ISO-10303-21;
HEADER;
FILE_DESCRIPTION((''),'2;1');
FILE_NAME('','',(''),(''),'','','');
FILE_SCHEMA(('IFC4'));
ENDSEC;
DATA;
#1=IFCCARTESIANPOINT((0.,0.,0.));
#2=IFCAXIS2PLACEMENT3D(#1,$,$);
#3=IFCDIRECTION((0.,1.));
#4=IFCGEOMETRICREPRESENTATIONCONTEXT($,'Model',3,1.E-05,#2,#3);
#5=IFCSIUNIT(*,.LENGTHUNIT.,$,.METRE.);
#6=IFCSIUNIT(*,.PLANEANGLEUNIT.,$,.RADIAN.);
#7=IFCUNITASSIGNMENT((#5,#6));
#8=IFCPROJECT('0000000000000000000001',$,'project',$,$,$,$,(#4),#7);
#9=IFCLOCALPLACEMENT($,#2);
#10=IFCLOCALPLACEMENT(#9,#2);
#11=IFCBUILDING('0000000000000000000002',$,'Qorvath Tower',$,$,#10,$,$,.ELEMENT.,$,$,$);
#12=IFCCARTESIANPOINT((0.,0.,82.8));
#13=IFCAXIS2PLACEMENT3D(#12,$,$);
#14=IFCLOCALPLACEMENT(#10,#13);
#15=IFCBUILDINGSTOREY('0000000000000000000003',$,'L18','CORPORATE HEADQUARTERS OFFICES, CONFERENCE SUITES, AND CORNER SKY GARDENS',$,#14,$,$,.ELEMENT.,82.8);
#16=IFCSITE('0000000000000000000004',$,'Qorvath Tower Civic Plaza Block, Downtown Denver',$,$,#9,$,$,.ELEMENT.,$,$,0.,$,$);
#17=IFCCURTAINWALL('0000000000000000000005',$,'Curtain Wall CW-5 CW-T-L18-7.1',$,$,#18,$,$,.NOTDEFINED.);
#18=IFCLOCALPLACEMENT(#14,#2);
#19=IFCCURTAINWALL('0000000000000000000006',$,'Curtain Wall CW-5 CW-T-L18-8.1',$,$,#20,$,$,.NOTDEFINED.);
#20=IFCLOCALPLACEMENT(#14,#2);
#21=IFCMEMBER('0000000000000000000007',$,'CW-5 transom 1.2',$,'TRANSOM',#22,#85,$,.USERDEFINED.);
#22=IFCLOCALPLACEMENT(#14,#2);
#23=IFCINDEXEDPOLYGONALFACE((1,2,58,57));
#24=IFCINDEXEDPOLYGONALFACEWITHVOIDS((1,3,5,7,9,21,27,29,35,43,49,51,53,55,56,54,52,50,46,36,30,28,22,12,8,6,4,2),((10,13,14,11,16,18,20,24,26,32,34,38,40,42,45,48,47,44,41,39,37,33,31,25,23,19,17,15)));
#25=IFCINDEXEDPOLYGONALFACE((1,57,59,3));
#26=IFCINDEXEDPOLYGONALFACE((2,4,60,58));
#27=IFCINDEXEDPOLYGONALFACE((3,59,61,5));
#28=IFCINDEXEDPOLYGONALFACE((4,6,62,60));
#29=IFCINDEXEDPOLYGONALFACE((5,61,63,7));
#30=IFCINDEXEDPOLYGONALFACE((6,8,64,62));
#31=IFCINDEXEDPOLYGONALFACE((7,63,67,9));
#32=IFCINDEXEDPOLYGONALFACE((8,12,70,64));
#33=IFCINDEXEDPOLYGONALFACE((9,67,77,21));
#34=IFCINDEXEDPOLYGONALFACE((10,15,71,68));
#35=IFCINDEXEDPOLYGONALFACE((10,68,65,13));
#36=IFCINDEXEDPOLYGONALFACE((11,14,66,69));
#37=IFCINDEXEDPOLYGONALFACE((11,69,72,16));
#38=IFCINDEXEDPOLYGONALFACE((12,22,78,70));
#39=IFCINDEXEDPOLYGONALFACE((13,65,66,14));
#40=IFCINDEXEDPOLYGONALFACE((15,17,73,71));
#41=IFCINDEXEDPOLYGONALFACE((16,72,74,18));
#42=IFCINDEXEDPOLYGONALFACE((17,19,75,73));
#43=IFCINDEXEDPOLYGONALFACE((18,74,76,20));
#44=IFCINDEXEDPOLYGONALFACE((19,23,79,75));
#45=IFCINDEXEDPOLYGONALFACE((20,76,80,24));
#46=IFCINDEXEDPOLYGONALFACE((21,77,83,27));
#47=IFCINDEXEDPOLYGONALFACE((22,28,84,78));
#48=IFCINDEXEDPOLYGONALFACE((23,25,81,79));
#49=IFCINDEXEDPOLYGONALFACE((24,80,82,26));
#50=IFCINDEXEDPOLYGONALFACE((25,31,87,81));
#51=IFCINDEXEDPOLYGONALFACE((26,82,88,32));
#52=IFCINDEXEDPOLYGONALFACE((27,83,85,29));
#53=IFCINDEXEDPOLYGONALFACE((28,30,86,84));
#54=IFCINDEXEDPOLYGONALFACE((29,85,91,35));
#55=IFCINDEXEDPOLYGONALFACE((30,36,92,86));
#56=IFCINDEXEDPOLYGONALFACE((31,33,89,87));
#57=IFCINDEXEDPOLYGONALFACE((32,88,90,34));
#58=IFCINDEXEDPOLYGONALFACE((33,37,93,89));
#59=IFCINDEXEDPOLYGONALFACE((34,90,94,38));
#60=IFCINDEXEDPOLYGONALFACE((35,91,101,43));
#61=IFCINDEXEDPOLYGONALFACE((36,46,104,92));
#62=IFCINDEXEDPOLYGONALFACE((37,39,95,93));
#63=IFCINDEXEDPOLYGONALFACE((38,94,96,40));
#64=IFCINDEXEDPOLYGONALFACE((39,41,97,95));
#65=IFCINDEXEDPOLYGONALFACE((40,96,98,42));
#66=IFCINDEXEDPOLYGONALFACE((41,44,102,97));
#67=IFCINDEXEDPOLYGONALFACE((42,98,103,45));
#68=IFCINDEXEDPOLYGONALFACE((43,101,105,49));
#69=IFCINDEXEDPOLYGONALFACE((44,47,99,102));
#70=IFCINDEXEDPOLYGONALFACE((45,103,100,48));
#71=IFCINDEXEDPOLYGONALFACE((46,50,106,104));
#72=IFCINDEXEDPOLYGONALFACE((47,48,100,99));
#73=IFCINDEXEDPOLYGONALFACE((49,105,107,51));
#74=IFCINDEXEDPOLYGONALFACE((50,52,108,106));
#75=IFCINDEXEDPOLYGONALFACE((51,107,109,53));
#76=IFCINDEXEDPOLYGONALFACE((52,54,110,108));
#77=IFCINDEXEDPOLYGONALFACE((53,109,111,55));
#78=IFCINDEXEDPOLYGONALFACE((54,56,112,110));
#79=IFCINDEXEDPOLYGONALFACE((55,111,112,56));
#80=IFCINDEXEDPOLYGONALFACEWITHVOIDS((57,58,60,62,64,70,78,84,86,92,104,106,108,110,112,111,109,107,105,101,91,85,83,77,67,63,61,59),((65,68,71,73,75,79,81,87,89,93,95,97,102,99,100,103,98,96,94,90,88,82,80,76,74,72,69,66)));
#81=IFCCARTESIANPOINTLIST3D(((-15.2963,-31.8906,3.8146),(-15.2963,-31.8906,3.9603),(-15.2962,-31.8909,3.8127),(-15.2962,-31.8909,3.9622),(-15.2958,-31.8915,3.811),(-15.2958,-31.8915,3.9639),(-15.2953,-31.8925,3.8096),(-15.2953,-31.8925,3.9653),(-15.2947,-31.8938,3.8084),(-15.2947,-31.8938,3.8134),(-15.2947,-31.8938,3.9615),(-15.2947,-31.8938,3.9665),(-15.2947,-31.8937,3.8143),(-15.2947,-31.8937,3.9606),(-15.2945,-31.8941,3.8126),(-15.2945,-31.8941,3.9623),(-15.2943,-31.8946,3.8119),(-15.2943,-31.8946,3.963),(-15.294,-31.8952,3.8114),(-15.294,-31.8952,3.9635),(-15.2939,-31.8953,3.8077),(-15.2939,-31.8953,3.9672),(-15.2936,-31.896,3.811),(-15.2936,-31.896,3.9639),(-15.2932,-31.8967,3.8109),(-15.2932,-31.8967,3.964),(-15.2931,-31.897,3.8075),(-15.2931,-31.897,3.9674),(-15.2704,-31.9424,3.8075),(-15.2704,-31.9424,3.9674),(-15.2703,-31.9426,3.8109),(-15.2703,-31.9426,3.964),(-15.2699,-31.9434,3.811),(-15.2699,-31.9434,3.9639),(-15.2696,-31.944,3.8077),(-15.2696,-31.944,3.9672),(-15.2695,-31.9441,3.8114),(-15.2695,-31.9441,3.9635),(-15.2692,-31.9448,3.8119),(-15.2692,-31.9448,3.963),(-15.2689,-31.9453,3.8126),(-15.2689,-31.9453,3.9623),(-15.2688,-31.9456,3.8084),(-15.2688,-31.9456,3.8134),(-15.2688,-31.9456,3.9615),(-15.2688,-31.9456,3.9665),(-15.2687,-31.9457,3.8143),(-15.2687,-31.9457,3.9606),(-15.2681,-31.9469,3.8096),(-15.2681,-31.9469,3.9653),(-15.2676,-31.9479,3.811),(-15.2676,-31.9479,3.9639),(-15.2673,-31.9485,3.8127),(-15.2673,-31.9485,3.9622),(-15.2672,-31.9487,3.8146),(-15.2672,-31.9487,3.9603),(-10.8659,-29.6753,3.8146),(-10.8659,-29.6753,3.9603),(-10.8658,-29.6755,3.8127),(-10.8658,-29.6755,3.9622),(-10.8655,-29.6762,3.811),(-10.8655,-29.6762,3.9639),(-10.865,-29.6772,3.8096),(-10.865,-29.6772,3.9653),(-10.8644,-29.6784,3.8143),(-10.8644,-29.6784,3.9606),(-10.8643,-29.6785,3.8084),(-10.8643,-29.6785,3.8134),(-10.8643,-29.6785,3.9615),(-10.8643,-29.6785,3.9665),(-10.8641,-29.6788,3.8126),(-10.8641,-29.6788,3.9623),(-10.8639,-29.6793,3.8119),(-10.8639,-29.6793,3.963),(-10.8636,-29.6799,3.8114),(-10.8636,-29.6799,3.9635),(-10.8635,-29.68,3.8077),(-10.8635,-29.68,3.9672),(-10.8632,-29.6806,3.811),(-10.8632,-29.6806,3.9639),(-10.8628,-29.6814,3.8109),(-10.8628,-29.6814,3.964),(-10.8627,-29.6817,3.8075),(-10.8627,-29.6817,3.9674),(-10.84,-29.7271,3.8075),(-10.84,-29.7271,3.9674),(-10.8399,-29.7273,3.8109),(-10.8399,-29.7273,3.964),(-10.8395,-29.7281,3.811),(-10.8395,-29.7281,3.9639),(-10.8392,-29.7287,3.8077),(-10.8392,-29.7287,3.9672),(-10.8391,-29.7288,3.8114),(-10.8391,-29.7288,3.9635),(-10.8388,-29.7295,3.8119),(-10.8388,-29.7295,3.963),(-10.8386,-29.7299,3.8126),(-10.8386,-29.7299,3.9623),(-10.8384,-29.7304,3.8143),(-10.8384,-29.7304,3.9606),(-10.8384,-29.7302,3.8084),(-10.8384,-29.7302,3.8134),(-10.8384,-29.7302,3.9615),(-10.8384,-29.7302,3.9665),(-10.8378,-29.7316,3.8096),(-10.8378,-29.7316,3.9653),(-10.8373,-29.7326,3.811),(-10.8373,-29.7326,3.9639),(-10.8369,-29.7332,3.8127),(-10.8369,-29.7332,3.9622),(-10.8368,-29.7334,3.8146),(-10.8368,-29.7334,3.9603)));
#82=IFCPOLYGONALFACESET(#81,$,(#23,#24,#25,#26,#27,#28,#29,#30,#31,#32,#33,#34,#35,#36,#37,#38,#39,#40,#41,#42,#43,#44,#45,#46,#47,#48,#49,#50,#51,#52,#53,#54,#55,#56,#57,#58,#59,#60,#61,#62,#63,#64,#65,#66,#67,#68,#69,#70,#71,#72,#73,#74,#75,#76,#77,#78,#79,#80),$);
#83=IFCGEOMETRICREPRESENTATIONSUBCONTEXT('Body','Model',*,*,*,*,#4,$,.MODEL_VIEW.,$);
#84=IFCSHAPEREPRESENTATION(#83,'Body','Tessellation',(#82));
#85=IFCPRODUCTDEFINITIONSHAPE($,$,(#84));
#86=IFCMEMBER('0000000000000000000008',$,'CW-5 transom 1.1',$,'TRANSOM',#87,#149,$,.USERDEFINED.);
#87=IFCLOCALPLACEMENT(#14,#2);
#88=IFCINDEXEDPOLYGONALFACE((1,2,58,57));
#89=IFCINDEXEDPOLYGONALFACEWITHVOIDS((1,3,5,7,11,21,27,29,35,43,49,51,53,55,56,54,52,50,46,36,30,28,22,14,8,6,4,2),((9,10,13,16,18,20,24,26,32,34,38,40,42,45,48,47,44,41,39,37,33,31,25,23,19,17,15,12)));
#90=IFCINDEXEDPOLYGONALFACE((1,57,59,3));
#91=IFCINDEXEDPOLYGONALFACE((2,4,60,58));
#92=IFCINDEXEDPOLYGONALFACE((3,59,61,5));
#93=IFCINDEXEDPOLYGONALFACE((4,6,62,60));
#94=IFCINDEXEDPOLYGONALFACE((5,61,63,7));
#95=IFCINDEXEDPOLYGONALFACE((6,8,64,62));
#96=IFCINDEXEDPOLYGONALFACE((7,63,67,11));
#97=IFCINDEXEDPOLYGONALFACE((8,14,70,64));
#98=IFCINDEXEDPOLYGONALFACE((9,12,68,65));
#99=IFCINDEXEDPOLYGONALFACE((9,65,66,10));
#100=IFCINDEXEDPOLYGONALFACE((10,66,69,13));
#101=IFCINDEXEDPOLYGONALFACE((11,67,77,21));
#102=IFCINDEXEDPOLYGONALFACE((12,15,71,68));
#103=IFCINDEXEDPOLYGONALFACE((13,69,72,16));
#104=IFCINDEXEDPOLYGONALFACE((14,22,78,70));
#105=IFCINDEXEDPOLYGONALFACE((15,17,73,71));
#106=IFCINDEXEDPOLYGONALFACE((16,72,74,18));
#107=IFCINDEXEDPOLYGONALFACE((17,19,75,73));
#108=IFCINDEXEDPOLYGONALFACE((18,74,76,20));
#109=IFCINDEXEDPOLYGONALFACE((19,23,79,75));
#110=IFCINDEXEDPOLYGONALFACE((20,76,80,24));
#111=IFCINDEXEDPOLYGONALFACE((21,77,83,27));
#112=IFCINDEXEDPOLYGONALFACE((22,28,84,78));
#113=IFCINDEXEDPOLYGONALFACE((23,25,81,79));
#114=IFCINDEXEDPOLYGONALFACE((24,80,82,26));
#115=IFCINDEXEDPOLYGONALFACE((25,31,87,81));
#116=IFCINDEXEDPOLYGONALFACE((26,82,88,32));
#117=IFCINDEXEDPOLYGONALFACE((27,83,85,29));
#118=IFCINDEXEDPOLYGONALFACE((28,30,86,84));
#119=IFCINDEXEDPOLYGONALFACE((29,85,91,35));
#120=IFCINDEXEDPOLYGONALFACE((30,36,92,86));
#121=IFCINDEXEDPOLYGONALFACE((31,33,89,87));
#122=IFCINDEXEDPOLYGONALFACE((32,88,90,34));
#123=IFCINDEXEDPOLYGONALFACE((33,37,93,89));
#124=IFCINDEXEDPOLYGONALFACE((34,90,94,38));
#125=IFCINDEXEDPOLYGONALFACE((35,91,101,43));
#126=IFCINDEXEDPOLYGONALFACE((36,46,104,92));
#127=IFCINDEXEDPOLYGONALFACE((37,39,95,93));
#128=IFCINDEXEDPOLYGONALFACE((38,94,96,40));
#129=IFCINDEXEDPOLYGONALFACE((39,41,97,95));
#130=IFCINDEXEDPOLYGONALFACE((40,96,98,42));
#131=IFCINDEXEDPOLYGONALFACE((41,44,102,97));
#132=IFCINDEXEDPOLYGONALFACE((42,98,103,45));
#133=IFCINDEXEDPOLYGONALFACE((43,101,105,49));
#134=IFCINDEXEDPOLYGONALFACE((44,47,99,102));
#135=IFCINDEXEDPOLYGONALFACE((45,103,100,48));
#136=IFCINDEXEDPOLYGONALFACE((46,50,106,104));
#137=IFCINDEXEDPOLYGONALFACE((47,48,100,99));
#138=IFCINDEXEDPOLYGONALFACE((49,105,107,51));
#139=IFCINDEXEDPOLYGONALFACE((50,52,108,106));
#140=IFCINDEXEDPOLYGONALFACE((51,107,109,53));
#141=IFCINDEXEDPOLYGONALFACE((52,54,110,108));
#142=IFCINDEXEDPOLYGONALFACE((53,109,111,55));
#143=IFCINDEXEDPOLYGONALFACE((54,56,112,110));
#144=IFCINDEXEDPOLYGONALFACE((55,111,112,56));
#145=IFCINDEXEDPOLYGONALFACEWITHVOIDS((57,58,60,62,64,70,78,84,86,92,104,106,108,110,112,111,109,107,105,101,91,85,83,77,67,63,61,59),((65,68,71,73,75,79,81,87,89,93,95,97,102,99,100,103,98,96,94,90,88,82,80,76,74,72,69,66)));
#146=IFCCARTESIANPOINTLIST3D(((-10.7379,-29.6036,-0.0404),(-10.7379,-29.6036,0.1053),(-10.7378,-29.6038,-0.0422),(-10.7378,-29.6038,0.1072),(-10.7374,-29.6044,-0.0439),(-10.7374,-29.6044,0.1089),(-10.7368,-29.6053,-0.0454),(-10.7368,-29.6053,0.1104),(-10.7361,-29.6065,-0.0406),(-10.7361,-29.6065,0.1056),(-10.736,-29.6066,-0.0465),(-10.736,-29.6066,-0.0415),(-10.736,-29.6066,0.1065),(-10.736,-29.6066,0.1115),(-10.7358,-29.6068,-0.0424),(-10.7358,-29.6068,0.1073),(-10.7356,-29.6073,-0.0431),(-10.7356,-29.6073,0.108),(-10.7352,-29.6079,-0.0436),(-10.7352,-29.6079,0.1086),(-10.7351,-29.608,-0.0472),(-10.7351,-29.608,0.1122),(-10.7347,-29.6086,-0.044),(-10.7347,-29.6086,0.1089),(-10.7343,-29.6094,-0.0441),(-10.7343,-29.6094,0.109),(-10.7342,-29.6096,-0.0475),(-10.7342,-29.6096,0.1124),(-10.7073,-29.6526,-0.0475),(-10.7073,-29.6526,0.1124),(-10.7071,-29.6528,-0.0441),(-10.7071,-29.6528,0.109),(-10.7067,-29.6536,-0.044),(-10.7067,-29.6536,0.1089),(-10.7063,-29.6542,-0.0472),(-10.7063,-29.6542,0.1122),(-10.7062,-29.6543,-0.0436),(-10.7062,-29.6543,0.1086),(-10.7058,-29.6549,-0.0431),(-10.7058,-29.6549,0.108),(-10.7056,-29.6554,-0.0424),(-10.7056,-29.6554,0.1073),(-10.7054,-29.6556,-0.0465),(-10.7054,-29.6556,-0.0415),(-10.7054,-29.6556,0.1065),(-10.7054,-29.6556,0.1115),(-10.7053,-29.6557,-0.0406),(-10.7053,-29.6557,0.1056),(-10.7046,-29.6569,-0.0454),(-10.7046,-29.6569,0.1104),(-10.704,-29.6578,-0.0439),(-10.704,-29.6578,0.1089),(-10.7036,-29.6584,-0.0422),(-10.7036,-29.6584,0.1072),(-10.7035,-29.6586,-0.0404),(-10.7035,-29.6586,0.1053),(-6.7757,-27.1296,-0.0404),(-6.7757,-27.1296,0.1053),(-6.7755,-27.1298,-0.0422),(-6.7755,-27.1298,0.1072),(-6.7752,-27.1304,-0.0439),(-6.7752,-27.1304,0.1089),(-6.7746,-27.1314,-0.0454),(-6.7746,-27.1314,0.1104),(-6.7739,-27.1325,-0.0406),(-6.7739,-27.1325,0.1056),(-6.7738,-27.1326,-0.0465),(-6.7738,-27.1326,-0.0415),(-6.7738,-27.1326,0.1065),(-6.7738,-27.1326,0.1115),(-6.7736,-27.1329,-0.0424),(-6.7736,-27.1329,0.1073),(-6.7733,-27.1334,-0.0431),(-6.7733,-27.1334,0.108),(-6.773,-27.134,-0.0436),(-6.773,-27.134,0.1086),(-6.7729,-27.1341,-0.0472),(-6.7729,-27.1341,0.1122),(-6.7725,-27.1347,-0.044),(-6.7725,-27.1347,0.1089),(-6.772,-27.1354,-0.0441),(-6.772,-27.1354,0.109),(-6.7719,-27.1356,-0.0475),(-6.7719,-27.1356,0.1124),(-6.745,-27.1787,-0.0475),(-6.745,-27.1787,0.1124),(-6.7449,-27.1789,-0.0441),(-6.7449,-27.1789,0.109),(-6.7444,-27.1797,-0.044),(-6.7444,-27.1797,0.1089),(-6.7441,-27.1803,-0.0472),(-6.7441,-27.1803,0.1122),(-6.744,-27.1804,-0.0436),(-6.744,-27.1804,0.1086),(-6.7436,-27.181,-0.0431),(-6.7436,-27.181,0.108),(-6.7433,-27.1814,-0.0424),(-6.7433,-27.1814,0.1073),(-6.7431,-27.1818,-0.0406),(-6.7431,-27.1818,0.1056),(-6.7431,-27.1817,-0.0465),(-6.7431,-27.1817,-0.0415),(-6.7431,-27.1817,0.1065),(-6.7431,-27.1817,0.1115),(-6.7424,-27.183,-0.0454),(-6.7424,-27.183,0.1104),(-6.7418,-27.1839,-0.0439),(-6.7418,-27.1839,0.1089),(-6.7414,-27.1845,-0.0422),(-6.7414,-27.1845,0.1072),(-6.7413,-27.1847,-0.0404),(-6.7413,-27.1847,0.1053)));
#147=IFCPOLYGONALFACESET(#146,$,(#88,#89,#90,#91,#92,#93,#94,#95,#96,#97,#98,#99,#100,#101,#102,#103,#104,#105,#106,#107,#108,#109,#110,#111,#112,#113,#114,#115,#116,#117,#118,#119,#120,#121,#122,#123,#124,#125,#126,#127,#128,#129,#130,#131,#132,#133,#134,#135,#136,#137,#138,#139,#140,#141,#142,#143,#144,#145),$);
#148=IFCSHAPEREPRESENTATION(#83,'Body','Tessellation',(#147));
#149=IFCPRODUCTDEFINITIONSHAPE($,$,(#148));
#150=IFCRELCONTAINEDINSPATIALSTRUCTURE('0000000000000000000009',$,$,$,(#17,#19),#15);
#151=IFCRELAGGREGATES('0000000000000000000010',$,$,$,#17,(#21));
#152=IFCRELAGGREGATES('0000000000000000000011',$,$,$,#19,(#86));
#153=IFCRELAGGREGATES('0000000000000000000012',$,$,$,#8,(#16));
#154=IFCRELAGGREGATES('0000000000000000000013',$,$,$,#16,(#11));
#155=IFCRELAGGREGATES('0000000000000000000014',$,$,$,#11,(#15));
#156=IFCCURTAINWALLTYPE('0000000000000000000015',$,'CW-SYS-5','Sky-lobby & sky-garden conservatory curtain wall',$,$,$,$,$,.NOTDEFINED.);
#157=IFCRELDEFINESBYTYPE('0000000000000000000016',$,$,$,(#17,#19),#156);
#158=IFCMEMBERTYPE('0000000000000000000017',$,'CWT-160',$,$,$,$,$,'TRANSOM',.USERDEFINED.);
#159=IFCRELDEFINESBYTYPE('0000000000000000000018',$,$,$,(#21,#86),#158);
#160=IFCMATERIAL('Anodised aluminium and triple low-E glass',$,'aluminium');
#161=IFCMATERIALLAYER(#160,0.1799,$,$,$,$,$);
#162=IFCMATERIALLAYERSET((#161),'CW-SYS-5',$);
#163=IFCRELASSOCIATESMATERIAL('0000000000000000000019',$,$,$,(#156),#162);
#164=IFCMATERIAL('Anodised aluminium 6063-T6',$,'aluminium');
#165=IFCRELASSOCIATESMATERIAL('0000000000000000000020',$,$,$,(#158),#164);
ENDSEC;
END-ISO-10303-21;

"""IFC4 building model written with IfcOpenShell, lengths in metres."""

from ifc_helpers import new_model, si_unit, direction, frame, origin, origin_2d, place, context, subcontext, project, spatial, hollow_rectangle, extrude, material, layer, layer_set, material_profile, profile_set, type_object, element, aggregate, save


model = new_model("IFC4")

# Units and contexts
model_context = context("Model", 3, precision=1e-05, world=origin(), true_north=direction((0.0, 1.0)))
body_context = subcontext(model_context, "Body", "Model", "MODEL_VIEW")
ifc_project = project(units=[si_unit("LENGTHUNIT", "METRE"), si_unit("PLANEANGLEUNIT", "RADIAN")], contexts=[model_context])

# Site, building, storey
site_placement = place(None, origin())
site = spatial("IfcSite", under=ifc_project, at=site_placement, Name="Qorvath Tower Civic Plaza Block, Downtown Denver", CompositionType="ELEMENT", RefElevation=0.0)
building_placement = place(site_placement, origin())
building = spatial("IfcBuilding", under=site, at=building_placement, Name="Qorvath Tower", CompositionType="ELEMENT")
storey_placement = place(building_placement, frame((0.0, 0.0, 82.8)))
storey = spatial("IfcBuildingStorey", under=building, at=storey_placement, Name="L18", Description="CORPORATE HEADQUARTERS OFFICES, CONFERENCE SUITES, AND CORNER SKY GARDENS", CompositionType="ELEMENT", Elevation=82.8)

# Shared definitions
ifc_material_1 = material(Name="Anodised aluminium and triple low-E glass", Category="aluminium")
ifc_layer_1 = layer(ifc_material_1, 0.1799)
ifc_layer_set_1 = layer_set([ifc_layer_1], Name="CW-SYS-5")
curtain_wall_type = type_object("IfcCurtainWallType", Name="CW-SYS-5", Description="Sky-lobby & sky-garden conservatory curtain wall", PredefinedType="NOTDEFINED", material=ifc_layer_set_1)

# Curtain walls
curtain_wall_1_placement = place(storey_placement, origin())
curtain_wall_1 = element("IfcCurtainWall", 1, at=curtain_wall_1_placement, inside=storey, type_object=curtain_wall_type, Name="Curtain Wall CW-5 CW-T-L18-7.1", PredefinedType="NOTDEFINED")
curtain_wall_2_placement = place(storey_placement, origin())
curtain_wall_2 = element("IfcCurtainWall", 2, at=curtain_wall_2_placement, inside=storey, type_object=curtain_wall_type, Name="Curtain Wall CW-5 CW-T-L18-8.1", PredefinedType="NOTDEFINED")

# Members
ifc_material_2 = material(Name="Anodised aluminium 6063-T6", Category="aluminium")
ifc_material_profile_1 = material_profile(ifc_material_2, hollow_rectangle(XDim=0.0649, YDim=0.1599, WallThickness=0.0034, InnerFilletRadius=0.0034, OuterFilletRadius=0.0071, at=origin_2d()), Name="CWT 160x65")
ifc_profile_set_1 = profile_set([ifc_material_profile_1], Name="Anodised aluminium 6063-T6")
member_type_1 = type_object("IfcMemberType", Name="CWT-160", ElementType="TRANSOM", PredefinedType="USERDEFINED", material=ifc_profile_set_1)
member_1_placement = place(storey_placement, frame((-15.2817, -31.9197, 3.8875), z_axis=(0.894417, 0.447233, 0.0), x_axis=(-0.447233, 0.894417, 0.0)))
member_1 = element("IfcMember", 3, at=member_1_placement, type_object=member_type_1, Name="CW-5 transom 1.2", ObjectType="TRANSOM", PredefinedType="USERDEFINED", context=body_context, shape_type="SweptSolid", body=[
    extrude(hollow_rectangle(XDim=0.0649, YDim=0.1599, WallThickness=0.0034, InnerFilletRadius=0.0034, OuterFilletRadius=0.0071, at=origin_2d()), origin(), (0.0, 0.0, 1.0), 4.9534),
])
member_2_placement = place(storey_placement, frame((-10.7207, -29.6311, 0.0325), z_axis=(0.848236, 0.529618, 0.0), x_axis=(-0.529618, 0.848236, 0.0)))
member_2 = element("IfcMember", 4, at=member_2_placement, type_object=member_type_1, Name="CW-5 transom 1.1", ObjectType="TRANSOM", PredefinedType="USERDEFINED", context=body_context, shape_type="SweptSolid", body=[
    extrude(hollow_rectangle(XDim=0.0649, YDim=0.1599, WallThickness=0.0034, InnerFilletRadius=0.0034, OuterFilletRadius=0.0071, at=origin_2d()), origin(), (0.0, 0.0, 1.0), 4.6711),
])

aggregate(curtain_wall_1, [member_1])
aggregate(curtain_wall_2, [member_2])

save(model, "model.ifc")
